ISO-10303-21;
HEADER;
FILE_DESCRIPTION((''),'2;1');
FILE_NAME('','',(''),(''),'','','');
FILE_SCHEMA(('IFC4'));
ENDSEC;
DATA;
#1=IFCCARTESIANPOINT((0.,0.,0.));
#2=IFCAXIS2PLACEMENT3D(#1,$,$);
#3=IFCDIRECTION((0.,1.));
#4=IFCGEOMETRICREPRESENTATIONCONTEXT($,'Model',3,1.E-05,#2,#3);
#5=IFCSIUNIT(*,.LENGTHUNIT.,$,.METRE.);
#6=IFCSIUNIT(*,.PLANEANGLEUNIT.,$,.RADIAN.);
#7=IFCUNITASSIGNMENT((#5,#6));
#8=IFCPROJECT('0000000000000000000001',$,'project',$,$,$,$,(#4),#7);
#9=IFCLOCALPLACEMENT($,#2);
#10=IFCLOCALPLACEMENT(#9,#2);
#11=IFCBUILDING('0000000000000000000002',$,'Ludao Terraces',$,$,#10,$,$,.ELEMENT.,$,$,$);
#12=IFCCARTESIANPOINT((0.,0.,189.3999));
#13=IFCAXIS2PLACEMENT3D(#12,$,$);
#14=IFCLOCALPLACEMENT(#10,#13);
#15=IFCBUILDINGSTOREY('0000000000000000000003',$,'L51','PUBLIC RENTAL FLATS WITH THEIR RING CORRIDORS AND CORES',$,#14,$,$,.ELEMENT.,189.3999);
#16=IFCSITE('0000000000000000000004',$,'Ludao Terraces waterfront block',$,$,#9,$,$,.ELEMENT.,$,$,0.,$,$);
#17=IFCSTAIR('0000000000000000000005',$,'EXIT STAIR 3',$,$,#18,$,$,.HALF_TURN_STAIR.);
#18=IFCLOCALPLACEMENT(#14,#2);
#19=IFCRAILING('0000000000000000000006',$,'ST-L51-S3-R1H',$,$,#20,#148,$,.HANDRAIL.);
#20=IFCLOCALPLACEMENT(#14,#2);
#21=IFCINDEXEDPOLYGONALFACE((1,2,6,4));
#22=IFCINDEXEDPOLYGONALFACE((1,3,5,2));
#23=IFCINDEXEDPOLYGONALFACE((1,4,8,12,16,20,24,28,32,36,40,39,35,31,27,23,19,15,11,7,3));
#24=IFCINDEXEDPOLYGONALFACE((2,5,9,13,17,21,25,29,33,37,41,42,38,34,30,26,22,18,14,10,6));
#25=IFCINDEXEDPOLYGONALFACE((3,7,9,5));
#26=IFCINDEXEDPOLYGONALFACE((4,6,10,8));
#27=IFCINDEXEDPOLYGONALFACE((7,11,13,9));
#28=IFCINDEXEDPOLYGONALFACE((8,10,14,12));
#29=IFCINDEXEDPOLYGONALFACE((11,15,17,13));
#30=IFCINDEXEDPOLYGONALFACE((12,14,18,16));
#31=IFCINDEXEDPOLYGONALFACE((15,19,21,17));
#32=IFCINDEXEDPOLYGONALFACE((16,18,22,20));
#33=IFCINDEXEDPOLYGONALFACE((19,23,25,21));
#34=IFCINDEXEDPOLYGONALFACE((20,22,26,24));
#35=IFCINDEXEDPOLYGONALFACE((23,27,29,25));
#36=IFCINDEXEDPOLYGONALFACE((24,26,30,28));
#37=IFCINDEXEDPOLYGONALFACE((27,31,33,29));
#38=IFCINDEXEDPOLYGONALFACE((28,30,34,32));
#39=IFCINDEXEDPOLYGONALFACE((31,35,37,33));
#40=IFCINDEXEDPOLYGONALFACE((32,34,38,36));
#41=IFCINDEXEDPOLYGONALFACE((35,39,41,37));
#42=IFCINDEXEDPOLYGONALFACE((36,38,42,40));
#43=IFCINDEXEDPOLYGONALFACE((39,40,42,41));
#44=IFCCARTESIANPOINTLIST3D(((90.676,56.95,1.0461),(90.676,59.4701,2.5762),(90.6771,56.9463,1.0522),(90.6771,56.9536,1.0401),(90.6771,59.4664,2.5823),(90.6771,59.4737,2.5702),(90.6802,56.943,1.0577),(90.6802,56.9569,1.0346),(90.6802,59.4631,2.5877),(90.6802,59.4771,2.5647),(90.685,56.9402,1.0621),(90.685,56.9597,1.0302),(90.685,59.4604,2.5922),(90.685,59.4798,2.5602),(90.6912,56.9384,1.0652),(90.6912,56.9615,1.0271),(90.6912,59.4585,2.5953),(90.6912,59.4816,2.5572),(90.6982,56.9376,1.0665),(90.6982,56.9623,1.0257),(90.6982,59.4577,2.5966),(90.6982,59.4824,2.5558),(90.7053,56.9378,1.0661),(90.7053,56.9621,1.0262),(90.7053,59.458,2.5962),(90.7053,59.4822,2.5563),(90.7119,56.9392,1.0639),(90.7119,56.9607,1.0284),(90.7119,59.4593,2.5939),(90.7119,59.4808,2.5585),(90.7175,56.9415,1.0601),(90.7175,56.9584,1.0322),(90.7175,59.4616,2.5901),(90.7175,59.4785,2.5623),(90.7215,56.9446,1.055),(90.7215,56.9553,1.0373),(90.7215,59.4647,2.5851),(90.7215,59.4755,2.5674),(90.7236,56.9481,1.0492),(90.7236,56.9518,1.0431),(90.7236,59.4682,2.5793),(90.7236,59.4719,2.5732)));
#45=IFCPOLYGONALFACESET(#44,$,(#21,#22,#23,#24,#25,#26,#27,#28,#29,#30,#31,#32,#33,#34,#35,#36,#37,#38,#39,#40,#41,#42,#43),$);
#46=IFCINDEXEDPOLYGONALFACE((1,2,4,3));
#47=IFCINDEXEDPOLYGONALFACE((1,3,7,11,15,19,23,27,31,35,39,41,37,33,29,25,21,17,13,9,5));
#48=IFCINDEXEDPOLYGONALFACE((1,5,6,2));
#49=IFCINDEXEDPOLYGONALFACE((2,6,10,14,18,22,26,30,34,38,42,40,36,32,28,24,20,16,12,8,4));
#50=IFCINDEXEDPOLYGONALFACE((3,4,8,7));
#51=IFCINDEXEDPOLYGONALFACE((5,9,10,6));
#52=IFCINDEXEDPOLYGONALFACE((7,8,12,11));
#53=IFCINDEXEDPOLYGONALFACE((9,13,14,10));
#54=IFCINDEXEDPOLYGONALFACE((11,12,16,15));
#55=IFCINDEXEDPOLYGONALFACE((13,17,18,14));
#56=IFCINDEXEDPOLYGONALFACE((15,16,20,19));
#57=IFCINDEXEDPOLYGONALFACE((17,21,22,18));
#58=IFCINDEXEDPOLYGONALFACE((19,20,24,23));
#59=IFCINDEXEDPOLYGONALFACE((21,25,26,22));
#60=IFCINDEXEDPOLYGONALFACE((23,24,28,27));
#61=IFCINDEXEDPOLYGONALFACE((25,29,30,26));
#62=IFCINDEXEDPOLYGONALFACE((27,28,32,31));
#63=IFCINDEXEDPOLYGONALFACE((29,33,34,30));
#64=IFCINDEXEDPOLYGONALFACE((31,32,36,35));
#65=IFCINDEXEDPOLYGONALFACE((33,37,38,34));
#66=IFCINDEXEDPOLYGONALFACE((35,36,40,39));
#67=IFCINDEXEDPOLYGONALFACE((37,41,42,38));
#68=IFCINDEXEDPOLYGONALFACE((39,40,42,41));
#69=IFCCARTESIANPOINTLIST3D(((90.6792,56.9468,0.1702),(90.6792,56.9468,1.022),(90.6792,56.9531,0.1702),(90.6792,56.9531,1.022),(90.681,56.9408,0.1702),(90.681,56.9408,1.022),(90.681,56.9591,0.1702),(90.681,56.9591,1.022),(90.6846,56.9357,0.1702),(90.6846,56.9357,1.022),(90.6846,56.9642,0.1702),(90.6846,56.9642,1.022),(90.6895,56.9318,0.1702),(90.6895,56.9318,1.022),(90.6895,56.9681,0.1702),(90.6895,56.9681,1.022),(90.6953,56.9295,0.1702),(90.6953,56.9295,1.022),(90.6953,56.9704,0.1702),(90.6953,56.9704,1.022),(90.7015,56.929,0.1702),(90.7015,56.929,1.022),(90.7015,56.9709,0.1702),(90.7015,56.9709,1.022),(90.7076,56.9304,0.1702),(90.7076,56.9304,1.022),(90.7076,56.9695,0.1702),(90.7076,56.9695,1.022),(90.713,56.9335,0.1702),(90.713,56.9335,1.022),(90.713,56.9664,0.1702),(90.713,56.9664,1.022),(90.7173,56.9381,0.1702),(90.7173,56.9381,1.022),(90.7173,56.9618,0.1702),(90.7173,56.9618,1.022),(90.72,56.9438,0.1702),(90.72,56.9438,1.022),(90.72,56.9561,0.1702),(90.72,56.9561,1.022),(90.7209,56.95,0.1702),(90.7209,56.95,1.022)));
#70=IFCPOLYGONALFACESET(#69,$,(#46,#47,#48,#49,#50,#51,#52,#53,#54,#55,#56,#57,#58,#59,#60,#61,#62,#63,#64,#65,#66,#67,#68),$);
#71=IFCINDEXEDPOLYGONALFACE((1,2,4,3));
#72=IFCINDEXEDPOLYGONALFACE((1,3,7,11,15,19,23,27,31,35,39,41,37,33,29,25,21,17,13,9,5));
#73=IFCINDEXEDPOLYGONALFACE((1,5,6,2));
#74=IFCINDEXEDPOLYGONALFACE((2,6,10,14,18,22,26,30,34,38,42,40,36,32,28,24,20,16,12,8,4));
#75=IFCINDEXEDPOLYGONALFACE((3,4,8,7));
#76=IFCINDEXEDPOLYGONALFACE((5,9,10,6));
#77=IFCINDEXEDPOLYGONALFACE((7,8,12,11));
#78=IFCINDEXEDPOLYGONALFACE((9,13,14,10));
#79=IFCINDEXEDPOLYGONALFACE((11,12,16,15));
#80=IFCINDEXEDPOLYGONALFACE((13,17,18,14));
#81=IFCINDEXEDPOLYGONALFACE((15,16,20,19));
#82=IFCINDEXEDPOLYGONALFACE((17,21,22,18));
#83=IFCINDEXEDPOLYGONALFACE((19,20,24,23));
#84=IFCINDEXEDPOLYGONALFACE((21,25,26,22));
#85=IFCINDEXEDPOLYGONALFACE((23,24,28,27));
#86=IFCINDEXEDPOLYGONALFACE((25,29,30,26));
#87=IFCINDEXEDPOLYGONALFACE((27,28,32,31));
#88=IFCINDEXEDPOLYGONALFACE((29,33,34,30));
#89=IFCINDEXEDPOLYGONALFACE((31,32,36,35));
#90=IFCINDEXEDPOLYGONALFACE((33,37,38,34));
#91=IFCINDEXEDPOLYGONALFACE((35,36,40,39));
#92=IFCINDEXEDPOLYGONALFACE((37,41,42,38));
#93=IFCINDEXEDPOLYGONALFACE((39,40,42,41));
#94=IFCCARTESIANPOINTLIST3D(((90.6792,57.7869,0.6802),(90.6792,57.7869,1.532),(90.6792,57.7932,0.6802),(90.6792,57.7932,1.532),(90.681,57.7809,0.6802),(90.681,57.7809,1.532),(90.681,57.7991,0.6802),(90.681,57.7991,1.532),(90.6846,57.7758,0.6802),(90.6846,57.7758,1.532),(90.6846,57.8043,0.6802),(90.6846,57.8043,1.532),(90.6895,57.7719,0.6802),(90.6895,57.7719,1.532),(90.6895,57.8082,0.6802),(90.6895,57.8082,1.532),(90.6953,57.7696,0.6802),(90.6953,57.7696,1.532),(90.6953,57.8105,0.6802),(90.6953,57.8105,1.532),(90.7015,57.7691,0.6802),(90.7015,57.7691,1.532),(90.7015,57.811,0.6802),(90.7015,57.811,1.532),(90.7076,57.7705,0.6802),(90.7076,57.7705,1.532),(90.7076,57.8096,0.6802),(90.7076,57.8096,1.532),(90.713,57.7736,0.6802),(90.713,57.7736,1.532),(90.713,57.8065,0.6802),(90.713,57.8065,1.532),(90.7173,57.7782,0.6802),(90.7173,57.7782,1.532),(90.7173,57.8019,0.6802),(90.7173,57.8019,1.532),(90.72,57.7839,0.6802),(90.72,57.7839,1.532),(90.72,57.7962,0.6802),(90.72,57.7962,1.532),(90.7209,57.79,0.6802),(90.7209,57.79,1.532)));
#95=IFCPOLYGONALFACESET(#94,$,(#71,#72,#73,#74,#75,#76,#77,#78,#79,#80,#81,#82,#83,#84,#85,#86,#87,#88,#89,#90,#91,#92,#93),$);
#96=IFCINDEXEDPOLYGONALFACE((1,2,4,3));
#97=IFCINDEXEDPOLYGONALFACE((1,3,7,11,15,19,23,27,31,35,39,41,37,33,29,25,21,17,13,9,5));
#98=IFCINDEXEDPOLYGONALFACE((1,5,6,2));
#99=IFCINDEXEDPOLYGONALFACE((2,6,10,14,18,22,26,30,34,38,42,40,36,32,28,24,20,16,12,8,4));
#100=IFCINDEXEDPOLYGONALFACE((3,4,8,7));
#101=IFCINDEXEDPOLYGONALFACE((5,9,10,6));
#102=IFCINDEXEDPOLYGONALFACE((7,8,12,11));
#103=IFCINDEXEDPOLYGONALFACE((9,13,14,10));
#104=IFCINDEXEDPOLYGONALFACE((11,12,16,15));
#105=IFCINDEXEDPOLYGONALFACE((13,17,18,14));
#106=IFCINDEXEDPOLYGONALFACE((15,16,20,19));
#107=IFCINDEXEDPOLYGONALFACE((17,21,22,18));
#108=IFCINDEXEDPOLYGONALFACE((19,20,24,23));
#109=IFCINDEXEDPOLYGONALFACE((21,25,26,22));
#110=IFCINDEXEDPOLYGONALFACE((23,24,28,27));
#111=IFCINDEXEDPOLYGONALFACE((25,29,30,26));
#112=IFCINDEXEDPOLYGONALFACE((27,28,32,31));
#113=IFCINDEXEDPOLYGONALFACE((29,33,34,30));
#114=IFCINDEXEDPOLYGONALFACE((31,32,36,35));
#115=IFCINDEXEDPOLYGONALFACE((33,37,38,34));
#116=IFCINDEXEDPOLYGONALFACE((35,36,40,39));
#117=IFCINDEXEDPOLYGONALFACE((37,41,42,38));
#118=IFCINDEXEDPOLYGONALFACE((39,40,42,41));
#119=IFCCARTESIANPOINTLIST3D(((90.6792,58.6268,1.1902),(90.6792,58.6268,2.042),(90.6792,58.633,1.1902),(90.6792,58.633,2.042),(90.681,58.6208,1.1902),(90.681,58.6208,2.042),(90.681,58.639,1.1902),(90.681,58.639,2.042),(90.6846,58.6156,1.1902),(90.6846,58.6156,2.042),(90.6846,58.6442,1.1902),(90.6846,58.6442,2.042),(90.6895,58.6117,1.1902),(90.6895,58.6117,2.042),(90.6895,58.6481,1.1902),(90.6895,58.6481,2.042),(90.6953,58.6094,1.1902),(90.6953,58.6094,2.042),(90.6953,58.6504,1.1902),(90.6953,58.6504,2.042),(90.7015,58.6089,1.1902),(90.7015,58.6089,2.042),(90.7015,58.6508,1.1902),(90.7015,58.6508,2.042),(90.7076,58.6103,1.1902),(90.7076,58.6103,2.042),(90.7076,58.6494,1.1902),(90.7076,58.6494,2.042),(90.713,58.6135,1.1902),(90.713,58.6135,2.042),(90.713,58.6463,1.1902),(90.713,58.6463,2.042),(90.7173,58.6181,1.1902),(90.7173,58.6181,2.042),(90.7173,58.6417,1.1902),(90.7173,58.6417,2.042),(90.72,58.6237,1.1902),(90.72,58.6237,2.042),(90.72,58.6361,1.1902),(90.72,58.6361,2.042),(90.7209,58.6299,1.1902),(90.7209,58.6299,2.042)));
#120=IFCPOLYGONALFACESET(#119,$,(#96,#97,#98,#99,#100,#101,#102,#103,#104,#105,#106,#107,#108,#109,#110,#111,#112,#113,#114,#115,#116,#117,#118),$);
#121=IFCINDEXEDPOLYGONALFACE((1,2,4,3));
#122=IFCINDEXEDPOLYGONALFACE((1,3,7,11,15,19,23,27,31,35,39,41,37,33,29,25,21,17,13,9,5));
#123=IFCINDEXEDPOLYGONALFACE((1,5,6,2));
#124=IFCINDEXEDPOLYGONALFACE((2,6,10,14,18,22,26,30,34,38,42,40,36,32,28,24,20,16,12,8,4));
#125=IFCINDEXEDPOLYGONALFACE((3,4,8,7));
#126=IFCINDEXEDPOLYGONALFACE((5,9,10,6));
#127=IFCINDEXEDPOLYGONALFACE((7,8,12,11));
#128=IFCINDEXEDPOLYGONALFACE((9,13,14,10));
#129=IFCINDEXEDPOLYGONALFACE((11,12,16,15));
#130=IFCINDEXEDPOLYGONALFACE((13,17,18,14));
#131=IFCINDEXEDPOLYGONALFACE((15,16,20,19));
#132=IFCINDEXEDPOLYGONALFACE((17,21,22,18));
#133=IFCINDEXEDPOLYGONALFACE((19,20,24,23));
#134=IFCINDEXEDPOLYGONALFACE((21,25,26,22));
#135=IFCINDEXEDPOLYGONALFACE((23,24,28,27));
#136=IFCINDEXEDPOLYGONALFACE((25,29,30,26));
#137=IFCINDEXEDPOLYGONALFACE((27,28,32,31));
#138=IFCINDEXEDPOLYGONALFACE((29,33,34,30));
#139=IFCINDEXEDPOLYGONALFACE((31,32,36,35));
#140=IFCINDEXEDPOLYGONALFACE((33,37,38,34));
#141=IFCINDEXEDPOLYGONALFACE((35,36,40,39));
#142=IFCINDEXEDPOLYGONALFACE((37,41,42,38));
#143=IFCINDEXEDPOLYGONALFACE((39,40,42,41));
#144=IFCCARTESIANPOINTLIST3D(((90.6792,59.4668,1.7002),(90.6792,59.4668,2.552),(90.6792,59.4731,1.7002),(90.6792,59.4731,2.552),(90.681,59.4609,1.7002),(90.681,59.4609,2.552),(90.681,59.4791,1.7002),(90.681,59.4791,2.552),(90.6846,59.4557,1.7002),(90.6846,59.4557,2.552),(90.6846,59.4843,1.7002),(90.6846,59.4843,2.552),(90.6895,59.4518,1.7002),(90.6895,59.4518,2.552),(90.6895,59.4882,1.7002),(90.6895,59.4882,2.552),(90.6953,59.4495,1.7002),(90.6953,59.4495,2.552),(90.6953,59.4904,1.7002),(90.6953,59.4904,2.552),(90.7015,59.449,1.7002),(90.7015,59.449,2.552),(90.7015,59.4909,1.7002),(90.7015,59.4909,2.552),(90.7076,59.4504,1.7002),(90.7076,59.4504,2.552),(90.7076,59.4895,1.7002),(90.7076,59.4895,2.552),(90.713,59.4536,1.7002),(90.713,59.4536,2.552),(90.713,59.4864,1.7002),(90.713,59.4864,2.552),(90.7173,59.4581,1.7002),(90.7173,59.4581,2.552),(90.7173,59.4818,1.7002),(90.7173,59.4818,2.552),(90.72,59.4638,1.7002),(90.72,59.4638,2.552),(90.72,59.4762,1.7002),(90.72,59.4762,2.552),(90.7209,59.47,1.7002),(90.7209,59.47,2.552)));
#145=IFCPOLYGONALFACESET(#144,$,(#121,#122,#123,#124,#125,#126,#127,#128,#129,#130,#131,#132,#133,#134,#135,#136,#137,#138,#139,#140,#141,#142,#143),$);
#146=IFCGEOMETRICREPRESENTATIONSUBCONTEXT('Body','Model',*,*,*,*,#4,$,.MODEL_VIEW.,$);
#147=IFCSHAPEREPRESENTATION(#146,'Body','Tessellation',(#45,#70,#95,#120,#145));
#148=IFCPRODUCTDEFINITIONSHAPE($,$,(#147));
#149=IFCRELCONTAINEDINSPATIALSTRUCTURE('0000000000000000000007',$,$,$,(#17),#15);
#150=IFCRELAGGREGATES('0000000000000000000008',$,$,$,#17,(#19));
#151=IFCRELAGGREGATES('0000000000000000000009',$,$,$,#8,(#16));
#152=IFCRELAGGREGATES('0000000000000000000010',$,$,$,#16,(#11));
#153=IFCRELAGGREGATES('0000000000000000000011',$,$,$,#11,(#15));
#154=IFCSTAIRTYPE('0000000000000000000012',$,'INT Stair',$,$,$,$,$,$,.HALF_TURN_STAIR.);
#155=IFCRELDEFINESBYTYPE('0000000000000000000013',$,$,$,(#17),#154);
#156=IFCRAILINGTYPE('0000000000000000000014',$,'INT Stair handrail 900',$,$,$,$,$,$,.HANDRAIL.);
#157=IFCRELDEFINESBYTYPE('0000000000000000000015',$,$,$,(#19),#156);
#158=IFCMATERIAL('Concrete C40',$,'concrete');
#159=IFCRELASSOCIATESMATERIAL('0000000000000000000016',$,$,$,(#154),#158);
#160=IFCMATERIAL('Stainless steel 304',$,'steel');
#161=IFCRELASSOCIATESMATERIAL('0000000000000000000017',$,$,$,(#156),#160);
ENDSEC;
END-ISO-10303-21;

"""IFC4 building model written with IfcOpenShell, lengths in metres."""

from ifc_helpers import new_model, si_unit, direction, frame, origin, origin_2d, place, context, subcontext, project, spatial, circle, extrude, material, type_object, element, aggregate, save


model = new_model("IFC4")

# Units and contexts
model_context = context("Model", 3, precision=1e-05, world=origin(), true_north=direction((0.0, 1.0)))
body_context = subcontext(model_context, "Body", "Model", "MODEL_VIEW")
ifc_project = project(units=[si_unit("LENGTHUNIT", "METRE"), si_unit("PLANEANGLEUNIT", "RADIAN")], contexts=[model_context])

# Site, building, storey
site_placement = place(None, origin())
site = spatial("IfcSite", under=ifc_project, at=site_placement, Name="Ludao Terraces waterfront block", CompositionType="ELEMENT", RefElevation=0.0)
building_placement = place(site_placement, origin())
building = spatial("IfcBuilding", under=site, at=building_placement, Name="Ludao Terraces", CompositionType="ELEMENT")
storey_placement = place(building_placement, frame((0.0, 0.0, 189.3999)))
storey = spatial("IfcBuildingStorey", under=building, at=storey_placement, Name="L51", Description="PUBLIC RENTAL FLATS WITH THEIR RING CORRIDORS AND CORES", CompositionType="ELEMENT", Elevation=189.3999)

# Shared definitions
ifc_material_1 = material(Name="Concrete C40", Category="concrete")

# Stair, railing
stair_type = type_object("IfcStairType", Name="INT Stair", PredefinedType="HALF_TURN_STAIR", material=ifc_material_1)
stair_placement = place(storey_placement, origin())
stair = element("IfcStair", 1, at=stair_placement, inside=storey, type_object=stair_type, Name="EXIT STAIR 3", PredefinedType="HALF_TURN_STAIR")
ifc_material_2 = material(Name="Stainless steel 304", Category="steel")
railing_type_1 = type_object("IfcRailingType", Name="INT Stair handrail 900", PredefinedType="HANDRAIL", material=ifc_material_2)
railing_1_placement = place(storey_placement, frame((90.7, 56.95, 0.1702)))
railing_1 = element("IfcRailing", 2, at=railing_1_placement, type_object=railing_type_1, Name="ST-L51-S3-R1H", PredefinedType="HANDRAIL", context=body_context, shape_type="SweptSolid", body=[
    extrude(circle(Radius=0.0239, at=origin_2d()), frame((0.0, 0.0, 0.876), z_axis=(0.0, 0.854785, 0.518982), x_axis=(-1.0, 0.0, 0.0)), (0.0, 0.0, 1.0), 2.9482),
    extrude(circle(Radius=0.021, at=origin_2d()), origin(), (0.0, 0.0, 1.0), 0.8518),
    extrude(circle(Radius=0.021, at=origin_2d()), frame((0.0, 0.8401, 0.51)), (0.0, 0.0, 1.0), 0.8518),
    extrude(circle(Radius=0.021, at=origin_2d()), frame((0.0, 1.6799, 1.02)), (0.0, 0.0, 1.0), 0.8518),
    extrude(circle(Radius=0.021, at=origin_2d()), frame((0.0, 2.52, 1.53)), (0.0, 0.0, 1.0), 0.8518),
])
aggregate(stair, [railing_1])

save(model, "model.ifc")
